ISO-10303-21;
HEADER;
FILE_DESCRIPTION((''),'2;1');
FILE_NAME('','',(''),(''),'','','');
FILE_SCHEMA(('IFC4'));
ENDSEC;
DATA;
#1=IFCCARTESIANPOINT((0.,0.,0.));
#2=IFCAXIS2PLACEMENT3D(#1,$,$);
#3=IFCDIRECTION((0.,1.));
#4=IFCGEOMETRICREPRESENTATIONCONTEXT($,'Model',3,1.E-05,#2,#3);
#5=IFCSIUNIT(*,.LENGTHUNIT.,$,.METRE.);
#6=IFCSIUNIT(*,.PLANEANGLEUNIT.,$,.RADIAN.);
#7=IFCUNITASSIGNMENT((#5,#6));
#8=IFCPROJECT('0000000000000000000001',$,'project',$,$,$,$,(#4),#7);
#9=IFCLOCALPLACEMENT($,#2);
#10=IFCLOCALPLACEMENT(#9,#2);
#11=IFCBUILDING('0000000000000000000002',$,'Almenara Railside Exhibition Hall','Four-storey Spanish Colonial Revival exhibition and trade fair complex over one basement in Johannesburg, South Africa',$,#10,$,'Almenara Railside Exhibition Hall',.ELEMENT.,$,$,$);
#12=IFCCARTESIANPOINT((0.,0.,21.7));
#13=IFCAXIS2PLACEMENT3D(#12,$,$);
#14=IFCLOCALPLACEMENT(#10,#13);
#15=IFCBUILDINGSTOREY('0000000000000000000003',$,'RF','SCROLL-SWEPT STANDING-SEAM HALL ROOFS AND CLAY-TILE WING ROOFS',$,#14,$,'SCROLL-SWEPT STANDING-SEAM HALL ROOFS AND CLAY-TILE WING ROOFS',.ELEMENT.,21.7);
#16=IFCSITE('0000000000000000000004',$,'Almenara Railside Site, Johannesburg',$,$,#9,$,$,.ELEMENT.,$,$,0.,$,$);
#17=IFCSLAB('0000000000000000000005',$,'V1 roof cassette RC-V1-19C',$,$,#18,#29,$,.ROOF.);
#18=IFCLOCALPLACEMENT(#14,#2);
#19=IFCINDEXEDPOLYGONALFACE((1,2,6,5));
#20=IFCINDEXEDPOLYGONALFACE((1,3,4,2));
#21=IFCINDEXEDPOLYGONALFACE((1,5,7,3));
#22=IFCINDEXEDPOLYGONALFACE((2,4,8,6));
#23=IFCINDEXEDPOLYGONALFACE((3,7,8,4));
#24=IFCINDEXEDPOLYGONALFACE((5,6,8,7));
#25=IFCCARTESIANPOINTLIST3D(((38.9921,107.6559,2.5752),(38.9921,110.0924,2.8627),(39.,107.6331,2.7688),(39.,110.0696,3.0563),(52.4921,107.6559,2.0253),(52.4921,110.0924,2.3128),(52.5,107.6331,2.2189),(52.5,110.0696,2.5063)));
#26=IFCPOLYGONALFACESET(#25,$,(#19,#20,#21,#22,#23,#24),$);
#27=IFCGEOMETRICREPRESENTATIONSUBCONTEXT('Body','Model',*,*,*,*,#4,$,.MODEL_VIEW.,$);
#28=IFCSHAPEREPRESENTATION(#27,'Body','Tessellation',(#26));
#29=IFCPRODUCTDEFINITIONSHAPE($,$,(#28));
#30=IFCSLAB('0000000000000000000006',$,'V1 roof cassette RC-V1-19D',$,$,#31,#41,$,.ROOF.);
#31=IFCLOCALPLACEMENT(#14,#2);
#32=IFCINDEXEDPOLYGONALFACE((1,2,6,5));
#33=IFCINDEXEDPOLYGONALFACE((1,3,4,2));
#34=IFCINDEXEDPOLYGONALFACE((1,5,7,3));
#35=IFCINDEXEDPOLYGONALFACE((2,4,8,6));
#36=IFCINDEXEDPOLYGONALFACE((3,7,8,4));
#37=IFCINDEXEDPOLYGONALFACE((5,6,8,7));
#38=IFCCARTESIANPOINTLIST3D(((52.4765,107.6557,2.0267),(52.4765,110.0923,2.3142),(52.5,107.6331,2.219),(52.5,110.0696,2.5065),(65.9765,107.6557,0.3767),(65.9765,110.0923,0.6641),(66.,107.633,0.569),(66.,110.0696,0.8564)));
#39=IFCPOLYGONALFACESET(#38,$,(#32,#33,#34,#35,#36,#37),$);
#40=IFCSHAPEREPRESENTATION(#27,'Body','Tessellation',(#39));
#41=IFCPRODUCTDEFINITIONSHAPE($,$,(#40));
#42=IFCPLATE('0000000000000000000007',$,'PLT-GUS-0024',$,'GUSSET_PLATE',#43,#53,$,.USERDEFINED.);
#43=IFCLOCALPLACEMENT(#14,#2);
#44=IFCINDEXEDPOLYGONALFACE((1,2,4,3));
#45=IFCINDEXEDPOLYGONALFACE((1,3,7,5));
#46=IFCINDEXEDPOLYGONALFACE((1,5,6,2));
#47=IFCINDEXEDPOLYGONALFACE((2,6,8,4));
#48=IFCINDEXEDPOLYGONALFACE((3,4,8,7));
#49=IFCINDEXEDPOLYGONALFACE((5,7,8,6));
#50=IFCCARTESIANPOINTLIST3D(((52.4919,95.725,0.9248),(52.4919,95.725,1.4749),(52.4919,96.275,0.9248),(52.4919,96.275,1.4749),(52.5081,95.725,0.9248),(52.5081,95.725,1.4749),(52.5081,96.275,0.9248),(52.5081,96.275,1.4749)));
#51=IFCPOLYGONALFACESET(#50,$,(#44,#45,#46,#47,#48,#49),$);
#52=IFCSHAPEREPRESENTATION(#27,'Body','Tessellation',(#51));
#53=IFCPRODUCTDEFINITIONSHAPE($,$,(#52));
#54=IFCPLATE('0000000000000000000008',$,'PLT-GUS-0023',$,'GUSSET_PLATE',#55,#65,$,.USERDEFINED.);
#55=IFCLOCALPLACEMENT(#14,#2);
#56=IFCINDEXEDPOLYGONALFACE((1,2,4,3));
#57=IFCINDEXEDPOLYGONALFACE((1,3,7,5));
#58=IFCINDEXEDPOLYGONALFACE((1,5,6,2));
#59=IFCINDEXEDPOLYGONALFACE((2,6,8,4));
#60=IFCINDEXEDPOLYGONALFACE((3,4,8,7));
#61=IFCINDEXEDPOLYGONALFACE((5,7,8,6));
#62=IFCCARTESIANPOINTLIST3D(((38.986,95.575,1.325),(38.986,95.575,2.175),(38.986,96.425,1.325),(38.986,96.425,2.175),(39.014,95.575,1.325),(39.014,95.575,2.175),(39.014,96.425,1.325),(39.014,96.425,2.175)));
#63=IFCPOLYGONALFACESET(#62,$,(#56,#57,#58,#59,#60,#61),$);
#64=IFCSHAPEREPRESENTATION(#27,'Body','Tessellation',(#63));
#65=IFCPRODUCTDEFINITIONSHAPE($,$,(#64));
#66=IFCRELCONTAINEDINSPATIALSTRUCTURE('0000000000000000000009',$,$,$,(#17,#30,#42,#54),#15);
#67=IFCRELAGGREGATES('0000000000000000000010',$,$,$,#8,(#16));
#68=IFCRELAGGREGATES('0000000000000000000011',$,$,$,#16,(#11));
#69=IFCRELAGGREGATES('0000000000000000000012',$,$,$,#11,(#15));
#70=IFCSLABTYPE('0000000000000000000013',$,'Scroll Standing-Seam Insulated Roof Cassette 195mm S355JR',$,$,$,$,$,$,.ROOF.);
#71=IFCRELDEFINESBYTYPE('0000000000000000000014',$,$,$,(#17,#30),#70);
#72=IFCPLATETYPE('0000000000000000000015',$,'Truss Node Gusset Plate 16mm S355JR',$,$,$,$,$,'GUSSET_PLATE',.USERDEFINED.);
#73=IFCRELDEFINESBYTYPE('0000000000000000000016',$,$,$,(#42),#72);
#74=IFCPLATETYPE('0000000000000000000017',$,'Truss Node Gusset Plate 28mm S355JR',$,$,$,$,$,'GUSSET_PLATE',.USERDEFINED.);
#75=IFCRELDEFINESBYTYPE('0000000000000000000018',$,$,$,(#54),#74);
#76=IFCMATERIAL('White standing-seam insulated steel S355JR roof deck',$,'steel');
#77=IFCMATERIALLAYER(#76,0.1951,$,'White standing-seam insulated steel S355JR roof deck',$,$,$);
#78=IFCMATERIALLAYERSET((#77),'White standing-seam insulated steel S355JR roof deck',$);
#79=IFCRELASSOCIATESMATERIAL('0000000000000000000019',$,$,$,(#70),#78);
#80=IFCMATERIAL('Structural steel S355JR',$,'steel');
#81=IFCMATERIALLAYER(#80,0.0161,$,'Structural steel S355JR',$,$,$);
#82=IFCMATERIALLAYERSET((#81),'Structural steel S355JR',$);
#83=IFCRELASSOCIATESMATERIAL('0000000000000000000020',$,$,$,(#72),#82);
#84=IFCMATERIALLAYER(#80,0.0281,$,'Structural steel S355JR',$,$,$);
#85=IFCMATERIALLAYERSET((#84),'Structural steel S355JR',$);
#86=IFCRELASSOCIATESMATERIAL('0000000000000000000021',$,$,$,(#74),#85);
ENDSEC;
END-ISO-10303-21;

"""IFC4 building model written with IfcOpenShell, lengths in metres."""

from ifc_helpers import new_model, si_unit, direction, frame, origin, origin_2d, place, context, subcontext, project, spatial, polyline, rectangle, outline, extrude, material, layer, layer_set, type_object, element, save


model = new_model("IFC4")

# Units and contexts
model_context = context("Model", 3, precision=1e-05, world=origin(), true_north=direction((0.0, 1.0)))
body_context = subcontext(model_context, "Body", "Model", "MODEL_VIEW")
ifc_project = project(units=[si_unit("LENGTHUNIT", "METRE"), si_unit("PLANEANGLEUNIT", "RADIAN")], contexts=[model_context])

# Site, building, storey
site_placement = place(None, origin())
site = spatial("IfcSite", under=ifc_project, at=site_placement, Name="Almenara Railside Site, Johannesburg", CompositionType="ELEMENT", RefElevation=0.0)
building_placement = place(site_placement, origin())
building = spatial("IfcBuilding", under=site, at=building_placement, Name="Almenara Railside Exhibition Hall", Description="Four-storey Spanish Colonial Revival exhibition and trade fair complex over one basement in Johannesburg, South Africa", LongName="Almenara Railside Exhibition Hall", CompositionType="ELEMENT")
storey_placement = place(building_placement, frame((0.0, 0.0, 21.7)))
storey = spatial("IfcBuildingStorey", under=building, at=storey_placement, Name="RF", Description="SCROLL-SWEPT STANDING-SEAM HALL ROOFS AND CLAY-TILE WING ROOFS", LongName="SCROLL-SWEPT STANDING-SEAM HALL ROOFS AND CLAY-TILE WING ROOFS", CompositionType="ELEMENT", Elevation=21.7)

# Shared definitions
ifc_material_1 = material(Name="Structural steel S355JR", Category="steel")

# Slabs
ifc_material_2 = material(Name="White standing-seam insulated steel S355JR roof deck", Category="steel")
ifc_layer_1 = layer(ifc_material_2, 0.1951, Name="White standing-seam insulated steel S355JR roof deck")
ifc_layer_set_1 = layer_set([ifc_layer_1], Name="White standing-seam insulated steel S355JR roof deck")
slab_type_1 = type_object("IfcSlabType", Name="Scroll Standing-Seam Insulated Roof Cassette 195mm S355JR", PredefinedType="ROOF", material=ifc_layer_set_1)
slab_1_placement = place(storey_placement, frame((39.0, 107.6331, 2.7688), z_axis=(0.040422, -0.117077, 0.9923), x_axis=(0.999171, 0.000001, -0.040701)))
element("IfcSlab", 1, at=slab_1_placement, inside=storey, type_object=slab_type_1, Name="V1 roof cassette RC-V1-19C", PredefinedType="ROOF", context=body_context, shape_type="SweptSolid", body=[
    extrude(outline(polyline([(0.0, 0.0), (13.5112, 0.0), (13.4995, 2.4534), (-0.0117, 2.4534), (0.0, 0.0)])), origin(), (0.0, 0.0, -1.0), 0.1951),
])
slab_2_placement = place(storey_placement, frame((52.5, 107.6331, 2.219), z_axis=(0.120498, -0.116319, 0.985875), x_axis=(0.992613, -0.000001, -0.121321)))
element("IfcSlab", 2, at=slab_2_placement, inside=storey, type_object=slab_type_1, Name="V1 roof cassette RC-V1-19D", PredefinedType="ROOF", context=body_context, shape_type="SweptSolid", body=[
    extrude(outline(polyline([(0.0, 0.0), (13.6005, 0.0), (13.5656, 2.4532), (-0.0349, 2.4532), (0.0, 0.0)])), origin(), (0.0, 0.0, -1.0), 0.1951),
])

# Plates
ifc_layer_2 = layer(ifc_material_1, 0.0161, Name="Structural steel S355JR")
ifc_layer_set_2 = layer_set([ifc_layer_2], Name="Structural steel S355JR")
plate_type_1 = type_object("IfcPlateType", Name="Truss Node Gusset Plate 16mm S355JR", ElementType="GUSSET_PLATE", PredefinedType="USERDEFINED", material=ifc_layer_set_2)
plate_1_placement = place(storey_placement, frame((52.5, 96.0, 0.9248), z_axis=(0.0, 0.0, 1.0), x_axis=(0.0, 1.0, 0.0)))
element("IfcPlate", 3, at=plate_1_placement, inside=storey, type_object=plate_type_1, Name="PLT-GUS-0024", ObjectType="GUSSET_PLATE", PredefinedType="USERDEFINED", context=body_context, shape_type="SweptSolid", body=[
    extrude(rectangle(XDim=0.55, YDim=0.0161, at=origin_2d()), origin(), (0.0, 0.0, 1.0), 0.55),
])
ifc_layer_3 = layer(ifc_material_1, 0.0281, Name="Structural steel S355JR")
ifc_layer_set_3 = layer_set([ifc_layer_3], Name="Structural steel S355JR")
plate_type_2 = type_object("IfcPlateType", Name="Truss Node Gusset Plate 28mm S355JR", ElementType="GUSSET_PLATE", PredefinedType="USERDEFINED", material=ifc_layer_set_3)
plate_2_placement = place(storey_placement, frame((39.0, 96.0, 1.325), z_axis=(0.0, 0.0, 1.0), x_axis=(0.0, 1.0, 0.0)))
element("IfcPlate", 4, at=plate_2_placement, inside=storey, type_object=plate_type_2, Name="PLT-GUS-0023", ObjectType="GUSSET_PLATE", PredefinedType="USERDEFINED", context=body_context, shape_type="SweptSolid", body=[
    extrude(rectangle(XDim=0.8501, YDim=0.0281, at=origin_2d()), origin(), (0.0, 0.0, 1.0), 0.8501),
])

save(model, "model.ifc")
